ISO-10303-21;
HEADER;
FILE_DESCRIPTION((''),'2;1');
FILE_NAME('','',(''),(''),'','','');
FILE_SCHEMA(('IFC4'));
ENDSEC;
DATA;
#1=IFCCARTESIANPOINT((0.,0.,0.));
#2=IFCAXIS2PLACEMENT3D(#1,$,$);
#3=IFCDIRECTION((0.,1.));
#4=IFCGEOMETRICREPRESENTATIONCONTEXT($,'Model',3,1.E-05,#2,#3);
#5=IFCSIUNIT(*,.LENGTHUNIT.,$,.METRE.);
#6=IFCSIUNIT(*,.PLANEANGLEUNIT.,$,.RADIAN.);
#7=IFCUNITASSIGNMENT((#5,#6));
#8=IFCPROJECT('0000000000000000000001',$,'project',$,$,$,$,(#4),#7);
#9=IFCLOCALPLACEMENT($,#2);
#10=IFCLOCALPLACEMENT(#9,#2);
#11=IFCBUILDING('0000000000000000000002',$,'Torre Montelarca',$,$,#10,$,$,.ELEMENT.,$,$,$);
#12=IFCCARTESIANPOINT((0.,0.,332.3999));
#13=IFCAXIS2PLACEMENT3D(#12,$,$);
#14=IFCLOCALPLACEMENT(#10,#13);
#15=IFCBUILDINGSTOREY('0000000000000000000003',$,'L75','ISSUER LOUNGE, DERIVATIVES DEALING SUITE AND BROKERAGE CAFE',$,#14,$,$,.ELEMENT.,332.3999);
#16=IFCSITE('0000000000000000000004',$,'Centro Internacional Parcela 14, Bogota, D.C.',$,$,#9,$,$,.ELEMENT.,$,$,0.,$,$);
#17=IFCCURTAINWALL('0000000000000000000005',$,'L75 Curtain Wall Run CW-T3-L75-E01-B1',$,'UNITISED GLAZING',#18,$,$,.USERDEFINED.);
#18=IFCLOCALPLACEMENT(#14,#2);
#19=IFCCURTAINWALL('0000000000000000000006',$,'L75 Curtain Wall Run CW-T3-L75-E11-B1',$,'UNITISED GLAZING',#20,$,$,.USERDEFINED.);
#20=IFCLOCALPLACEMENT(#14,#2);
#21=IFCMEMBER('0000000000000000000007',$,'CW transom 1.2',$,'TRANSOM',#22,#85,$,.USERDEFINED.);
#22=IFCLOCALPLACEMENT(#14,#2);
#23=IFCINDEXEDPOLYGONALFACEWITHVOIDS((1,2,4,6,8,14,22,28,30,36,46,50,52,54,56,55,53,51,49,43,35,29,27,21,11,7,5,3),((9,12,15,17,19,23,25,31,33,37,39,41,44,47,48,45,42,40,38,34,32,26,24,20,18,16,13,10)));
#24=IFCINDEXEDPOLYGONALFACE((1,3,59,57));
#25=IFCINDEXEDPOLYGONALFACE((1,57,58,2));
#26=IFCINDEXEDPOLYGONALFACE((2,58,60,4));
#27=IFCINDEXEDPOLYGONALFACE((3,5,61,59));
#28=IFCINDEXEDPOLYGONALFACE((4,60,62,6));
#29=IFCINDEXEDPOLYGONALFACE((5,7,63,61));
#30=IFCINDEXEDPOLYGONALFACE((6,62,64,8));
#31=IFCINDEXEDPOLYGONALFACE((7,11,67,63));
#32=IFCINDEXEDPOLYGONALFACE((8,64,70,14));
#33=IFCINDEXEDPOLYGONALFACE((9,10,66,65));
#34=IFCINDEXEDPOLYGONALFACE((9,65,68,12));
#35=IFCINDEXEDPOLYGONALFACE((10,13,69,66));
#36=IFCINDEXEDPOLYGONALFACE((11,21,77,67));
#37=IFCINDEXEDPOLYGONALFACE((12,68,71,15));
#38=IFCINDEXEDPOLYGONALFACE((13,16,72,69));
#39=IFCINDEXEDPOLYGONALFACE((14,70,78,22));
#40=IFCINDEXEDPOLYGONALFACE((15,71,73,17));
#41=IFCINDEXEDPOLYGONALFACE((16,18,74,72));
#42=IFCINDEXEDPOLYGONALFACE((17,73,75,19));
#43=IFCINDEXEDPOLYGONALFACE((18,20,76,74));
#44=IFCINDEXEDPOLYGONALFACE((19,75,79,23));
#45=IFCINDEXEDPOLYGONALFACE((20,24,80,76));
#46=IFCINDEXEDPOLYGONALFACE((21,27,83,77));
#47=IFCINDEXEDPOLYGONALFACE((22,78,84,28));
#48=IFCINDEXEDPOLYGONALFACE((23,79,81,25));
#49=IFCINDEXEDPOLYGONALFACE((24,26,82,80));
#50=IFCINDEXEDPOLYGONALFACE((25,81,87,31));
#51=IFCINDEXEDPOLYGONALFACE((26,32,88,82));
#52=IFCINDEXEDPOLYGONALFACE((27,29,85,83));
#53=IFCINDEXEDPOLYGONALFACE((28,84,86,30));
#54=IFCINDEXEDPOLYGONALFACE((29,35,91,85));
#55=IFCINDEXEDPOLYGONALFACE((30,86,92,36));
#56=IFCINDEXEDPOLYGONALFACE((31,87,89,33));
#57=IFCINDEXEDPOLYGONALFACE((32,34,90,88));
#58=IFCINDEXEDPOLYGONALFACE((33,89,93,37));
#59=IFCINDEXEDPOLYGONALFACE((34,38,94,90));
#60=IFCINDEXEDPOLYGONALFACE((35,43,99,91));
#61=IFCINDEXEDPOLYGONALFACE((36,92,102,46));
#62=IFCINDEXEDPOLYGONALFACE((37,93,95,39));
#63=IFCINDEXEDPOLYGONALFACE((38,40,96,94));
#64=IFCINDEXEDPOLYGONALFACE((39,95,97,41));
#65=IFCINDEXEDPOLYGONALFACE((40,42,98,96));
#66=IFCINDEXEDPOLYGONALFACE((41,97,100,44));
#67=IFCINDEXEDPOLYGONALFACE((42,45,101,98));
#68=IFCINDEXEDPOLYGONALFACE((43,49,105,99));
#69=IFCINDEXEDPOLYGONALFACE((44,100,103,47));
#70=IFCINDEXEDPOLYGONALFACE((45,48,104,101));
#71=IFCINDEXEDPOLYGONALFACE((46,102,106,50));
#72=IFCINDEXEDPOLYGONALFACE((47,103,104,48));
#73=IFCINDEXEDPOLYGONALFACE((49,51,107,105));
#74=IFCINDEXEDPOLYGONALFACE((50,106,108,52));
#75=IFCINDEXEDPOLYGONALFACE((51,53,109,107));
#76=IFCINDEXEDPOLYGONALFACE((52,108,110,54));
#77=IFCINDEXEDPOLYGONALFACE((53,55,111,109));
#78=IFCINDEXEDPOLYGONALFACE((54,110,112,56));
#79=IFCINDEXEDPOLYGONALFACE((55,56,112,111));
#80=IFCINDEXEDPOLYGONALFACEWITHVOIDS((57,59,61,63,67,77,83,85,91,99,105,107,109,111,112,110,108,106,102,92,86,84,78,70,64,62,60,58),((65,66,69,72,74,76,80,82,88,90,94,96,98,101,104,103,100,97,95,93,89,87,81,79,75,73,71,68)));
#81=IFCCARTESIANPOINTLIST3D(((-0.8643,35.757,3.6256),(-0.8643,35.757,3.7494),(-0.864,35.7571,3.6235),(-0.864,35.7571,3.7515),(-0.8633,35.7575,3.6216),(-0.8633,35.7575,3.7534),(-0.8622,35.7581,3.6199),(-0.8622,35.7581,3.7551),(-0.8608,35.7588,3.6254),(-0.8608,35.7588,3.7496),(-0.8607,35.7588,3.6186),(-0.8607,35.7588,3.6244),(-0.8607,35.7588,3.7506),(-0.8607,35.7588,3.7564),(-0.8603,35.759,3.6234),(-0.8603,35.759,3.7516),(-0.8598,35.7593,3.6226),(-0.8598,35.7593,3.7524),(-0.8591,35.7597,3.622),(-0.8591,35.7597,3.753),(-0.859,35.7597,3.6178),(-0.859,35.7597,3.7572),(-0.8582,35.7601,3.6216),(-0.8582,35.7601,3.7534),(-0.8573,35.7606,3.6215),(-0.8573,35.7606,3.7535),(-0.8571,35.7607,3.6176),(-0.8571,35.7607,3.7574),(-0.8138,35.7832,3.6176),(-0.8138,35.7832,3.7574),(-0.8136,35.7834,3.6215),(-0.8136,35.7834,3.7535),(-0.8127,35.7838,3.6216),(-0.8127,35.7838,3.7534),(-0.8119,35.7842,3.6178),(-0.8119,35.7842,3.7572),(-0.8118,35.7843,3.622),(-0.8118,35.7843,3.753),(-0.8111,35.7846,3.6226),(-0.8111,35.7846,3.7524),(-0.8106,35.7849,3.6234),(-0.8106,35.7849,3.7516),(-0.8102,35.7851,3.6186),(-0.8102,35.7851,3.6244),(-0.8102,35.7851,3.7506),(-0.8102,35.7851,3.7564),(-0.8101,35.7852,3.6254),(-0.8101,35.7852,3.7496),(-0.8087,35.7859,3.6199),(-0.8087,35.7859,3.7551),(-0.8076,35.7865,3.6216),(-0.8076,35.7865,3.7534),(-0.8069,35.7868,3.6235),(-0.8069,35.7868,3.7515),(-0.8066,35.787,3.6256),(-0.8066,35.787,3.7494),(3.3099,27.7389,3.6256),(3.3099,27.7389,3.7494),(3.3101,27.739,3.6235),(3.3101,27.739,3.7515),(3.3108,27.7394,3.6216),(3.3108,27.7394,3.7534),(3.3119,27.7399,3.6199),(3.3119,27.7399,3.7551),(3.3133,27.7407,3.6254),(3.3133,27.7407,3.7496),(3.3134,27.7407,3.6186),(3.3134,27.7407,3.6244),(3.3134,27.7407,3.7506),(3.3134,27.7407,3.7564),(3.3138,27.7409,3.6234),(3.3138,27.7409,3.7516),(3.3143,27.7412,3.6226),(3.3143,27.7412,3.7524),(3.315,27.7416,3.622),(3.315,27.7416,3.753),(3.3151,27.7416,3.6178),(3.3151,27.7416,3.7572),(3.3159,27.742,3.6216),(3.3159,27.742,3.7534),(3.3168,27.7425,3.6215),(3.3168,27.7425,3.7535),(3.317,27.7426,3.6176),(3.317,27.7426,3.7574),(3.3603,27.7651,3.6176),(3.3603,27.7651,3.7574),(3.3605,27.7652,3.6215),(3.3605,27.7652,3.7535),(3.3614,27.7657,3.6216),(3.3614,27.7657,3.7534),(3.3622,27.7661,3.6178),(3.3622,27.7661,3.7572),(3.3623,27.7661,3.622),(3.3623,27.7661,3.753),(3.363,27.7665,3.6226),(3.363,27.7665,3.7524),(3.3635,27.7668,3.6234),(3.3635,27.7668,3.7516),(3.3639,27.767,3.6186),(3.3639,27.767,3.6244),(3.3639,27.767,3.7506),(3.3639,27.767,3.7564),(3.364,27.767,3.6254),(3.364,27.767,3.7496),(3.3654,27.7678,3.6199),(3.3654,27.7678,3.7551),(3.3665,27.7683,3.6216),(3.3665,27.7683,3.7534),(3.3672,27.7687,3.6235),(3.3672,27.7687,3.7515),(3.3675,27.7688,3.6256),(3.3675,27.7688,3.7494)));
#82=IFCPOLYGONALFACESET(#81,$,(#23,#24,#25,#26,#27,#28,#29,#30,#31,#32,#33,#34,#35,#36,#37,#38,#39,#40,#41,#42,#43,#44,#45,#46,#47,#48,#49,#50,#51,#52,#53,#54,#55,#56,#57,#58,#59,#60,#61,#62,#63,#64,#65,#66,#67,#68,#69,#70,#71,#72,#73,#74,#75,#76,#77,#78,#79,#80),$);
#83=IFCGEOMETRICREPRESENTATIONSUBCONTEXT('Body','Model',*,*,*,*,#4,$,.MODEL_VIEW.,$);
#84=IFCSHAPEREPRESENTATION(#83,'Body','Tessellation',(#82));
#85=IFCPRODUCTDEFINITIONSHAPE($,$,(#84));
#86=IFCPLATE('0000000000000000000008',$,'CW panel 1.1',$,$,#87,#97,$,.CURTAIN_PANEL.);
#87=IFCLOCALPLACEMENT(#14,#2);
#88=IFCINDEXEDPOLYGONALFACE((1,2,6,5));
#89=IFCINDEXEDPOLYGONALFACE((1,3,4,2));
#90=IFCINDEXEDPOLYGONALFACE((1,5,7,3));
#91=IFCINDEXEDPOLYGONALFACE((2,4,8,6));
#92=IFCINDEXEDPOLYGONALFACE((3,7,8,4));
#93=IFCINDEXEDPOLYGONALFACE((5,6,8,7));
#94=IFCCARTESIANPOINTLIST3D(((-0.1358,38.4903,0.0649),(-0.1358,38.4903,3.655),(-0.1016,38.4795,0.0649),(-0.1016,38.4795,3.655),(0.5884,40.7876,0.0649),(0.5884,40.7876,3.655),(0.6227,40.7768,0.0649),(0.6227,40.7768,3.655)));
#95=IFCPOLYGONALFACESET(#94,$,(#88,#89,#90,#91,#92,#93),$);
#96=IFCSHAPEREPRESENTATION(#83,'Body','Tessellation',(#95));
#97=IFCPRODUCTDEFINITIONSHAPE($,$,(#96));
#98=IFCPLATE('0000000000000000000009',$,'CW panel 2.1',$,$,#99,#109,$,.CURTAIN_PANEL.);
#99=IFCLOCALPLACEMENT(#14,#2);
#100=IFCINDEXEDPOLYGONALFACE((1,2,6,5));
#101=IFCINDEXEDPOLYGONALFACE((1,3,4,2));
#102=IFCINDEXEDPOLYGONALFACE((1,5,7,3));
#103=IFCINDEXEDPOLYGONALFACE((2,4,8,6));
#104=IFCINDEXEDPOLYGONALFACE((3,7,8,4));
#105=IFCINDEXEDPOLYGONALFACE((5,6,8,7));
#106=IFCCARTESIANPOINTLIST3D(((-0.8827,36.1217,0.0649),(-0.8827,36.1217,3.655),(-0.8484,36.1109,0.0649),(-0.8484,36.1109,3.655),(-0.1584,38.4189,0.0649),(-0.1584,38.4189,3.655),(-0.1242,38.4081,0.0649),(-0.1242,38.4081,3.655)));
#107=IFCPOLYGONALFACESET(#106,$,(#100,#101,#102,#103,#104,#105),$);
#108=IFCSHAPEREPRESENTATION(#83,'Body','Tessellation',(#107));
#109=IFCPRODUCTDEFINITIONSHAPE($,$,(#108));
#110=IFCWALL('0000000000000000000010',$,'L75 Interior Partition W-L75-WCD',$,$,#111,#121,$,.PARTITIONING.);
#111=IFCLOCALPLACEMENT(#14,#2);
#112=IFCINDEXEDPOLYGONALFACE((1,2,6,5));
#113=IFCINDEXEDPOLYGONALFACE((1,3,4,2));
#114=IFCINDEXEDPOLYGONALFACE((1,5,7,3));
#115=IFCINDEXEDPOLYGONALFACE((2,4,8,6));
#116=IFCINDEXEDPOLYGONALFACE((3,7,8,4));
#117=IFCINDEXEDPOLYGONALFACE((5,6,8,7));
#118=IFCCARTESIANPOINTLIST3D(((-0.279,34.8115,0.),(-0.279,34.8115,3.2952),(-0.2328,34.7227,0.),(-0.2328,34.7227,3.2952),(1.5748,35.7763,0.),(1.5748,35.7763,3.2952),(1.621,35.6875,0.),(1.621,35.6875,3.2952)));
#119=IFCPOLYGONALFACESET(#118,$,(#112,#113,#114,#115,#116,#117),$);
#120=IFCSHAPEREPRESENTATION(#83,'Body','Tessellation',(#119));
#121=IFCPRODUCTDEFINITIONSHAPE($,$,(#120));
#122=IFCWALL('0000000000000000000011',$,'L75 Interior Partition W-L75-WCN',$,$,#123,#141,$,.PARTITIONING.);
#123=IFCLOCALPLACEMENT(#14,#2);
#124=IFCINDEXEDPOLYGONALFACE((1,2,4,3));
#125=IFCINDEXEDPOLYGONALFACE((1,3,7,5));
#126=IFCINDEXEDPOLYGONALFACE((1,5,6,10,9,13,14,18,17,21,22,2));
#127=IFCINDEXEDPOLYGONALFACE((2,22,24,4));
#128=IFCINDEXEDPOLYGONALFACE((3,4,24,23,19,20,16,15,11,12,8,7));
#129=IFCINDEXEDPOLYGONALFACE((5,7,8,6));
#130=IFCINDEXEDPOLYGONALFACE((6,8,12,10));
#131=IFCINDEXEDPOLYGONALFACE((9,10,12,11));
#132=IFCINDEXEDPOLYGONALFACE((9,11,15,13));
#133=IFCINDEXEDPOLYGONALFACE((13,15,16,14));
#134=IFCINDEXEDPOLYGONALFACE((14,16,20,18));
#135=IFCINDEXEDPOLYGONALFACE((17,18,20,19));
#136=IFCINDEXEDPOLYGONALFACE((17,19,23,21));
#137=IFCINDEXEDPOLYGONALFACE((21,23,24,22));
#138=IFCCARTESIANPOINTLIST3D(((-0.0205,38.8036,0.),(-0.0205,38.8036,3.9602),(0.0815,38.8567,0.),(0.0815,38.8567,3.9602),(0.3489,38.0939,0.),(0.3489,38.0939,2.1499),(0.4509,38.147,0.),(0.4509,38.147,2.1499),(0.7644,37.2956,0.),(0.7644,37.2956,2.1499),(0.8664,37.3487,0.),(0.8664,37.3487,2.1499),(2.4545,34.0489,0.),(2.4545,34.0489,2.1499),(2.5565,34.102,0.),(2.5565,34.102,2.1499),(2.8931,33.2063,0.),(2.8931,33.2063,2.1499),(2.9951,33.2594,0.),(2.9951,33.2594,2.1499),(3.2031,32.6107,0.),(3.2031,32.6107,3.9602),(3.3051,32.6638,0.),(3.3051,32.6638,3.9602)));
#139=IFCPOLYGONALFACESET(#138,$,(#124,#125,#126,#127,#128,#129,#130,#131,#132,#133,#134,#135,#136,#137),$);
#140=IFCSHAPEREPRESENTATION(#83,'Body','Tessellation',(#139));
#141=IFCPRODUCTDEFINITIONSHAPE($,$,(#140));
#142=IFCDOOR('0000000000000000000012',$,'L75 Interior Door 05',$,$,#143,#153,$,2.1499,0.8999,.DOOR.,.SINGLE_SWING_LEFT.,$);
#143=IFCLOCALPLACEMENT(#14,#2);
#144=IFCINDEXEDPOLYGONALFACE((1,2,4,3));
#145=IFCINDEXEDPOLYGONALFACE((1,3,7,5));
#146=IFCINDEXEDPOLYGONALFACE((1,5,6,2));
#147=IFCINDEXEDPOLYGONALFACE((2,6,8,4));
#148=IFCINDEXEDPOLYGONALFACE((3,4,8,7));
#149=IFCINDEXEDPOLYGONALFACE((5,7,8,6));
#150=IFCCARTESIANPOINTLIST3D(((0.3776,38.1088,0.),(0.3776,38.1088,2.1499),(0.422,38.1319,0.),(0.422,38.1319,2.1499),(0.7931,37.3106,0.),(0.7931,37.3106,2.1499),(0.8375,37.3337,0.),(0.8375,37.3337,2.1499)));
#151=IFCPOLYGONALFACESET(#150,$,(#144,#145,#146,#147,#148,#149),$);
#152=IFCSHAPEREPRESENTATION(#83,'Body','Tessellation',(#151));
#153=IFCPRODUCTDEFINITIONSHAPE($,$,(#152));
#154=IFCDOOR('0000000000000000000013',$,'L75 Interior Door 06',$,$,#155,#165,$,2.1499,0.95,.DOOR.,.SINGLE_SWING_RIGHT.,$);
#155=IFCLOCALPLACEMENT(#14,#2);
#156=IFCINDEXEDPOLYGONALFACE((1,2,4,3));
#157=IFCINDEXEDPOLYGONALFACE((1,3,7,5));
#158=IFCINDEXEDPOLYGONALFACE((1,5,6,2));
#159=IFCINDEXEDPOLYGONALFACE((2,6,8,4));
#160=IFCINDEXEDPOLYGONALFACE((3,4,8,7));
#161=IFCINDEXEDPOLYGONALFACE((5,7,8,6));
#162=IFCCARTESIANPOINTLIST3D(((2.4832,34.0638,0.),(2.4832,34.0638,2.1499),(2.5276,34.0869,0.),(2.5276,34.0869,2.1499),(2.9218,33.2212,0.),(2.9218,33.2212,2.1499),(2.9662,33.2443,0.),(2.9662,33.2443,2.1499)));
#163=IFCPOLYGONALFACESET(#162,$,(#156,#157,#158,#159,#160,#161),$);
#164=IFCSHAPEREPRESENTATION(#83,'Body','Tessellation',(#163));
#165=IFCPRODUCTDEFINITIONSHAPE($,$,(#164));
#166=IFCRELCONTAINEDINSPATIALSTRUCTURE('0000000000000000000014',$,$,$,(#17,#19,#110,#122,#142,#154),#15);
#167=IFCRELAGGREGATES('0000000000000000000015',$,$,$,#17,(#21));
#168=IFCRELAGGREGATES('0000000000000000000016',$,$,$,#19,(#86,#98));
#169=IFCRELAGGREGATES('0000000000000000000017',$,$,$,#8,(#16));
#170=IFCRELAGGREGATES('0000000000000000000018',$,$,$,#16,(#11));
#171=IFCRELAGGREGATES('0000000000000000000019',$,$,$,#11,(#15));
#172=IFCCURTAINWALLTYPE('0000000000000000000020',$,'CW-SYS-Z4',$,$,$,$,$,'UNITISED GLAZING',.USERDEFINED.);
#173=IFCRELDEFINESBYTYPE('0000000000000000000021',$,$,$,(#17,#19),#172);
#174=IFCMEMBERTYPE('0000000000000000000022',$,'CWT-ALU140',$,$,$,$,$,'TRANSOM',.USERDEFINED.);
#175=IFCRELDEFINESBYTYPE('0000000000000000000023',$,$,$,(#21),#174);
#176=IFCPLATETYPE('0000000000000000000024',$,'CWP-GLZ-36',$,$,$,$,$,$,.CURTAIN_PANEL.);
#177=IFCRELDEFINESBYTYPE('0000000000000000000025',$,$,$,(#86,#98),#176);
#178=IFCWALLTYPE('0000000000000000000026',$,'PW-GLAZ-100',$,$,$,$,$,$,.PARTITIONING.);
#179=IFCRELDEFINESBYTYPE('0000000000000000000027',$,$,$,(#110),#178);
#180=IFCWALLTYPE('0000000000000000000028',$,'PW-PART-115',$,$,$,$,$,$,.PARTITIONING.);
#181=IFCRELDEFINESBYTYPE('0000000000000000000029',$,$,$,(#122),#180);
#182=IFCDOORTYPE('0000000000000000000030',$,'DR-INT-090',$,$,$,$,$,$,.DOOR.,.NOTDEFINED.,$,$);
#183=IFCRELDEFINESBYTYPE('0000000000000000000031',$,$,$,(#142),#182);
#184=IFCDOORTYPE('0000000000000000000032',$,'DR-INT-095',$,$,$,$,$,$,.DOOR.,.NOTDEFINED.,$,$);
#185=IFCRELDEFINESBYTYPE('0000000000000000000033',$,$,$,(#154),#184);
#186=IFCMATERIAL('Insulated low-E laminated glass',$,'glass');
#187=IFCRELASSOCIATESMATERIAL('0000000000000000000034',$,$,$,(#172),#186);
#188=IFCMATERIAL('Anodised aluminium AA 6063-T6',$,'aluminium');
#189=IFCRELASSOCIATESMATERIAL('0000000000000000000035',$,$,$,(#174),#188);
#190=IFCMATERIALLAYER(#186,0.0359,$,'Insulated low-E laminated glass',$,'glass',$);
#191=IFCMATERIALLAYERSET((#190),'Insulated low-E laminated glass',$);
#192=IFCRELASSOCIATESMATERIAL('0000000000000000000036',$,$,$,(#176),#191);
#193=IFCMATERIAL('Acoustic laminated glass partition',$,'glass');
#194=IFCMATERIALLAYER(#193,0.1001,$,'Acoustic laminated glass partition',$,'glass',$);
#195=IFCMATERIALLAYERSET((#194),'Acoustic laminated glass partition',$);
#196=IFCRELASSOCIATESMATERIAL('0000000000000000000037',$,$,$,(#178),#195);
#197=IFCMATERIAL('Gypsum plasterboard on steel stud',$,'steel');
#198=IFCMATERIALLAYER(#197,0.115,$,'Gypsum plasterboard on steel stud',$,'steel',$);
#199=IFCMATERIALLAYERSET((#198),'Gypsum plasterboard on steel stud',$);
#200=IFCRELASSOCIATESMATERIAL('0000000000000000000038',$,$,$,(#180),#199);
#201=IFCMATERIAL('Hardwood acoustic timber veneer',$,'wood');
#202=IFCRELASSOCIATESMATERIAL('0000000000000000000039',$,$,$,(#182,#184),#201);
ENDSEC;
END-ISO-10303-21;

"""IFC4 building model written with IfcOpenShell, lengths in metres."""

from ifc_helpers import new_model, si_unit, direction, frame, frame_2d, origin, origin_2d, place, context, subcontext, project, spatial, rectangle, hollow_rectangle, extrude, source, transform, mapped, material, layer, layer_set, material_profile, profile_set, type_object, element, fill, aggregate, save


model = new_model("IFC4")

# Units and contexts
model_context = context("Model", 3, precision=1e-05, world=origin(), true_north=direction((0.0, 1.0)))
body_context = subcontext(model_context, "Body", "Model", "MODEL_VIEW")
ifc_project = project(units=[si_unit("LENGTHUNIT", "METRE"), si_unit("PLANEANGLEUNIT", "RADIAN")], contexts=[model_context])

# Site, building, storey
site_placement = place(None, origin())
site = spatial("IfcSite", under=ifc_project, at=site_placement, Name="Centro Internacional Parcela 14, Bogota, D.C.", CompositionType="ELEMENT", RefElevation=0.0)
building_placement = place(site_placement, origin())
building = spatial("IfcBuilding", under=site, at=building_placement, Name="Torre Montelarca", CompositionType="ELEMENT")
storey_placement = place(building_placement, frame((0.0, 0.0, 332.3999)))
storey = spatial("IfcBuildingStorey", under=building, at=storey_placement, Name="L75", Description="ISSUER LOUNGE, DERIVATIVES DEALING SUITE AND BROKERAGE CAFE", CompositionType="ELEMENT", Elevation=332.3999)

# Curtain wall
ifc_material_1 = material(Name="Insulated low-E laminated glass", Category="glass")
curtain_wall_type = type_object("IfcCurtainWallType", Name="CW-SYS-Z4", ElementType="UNITISED GLAZING", PredefinedType="USERDEFINED", material=ifc_material_1)
curtain_wall_1_placement = place(storey_placement, origin())
curtain_wall_1 = element("IfcCurtainWall", 1, at=curtain_wall_1_placement, inside=storey, type_object=curtain_wall_type, Name="L75 Curtain Wall Run CW-T3-L75-E01-B1", ObjectType="UNITISED GLAZING", PredefinedType="USERDEFINED")
ifc_material_2 = material(Name="Anodised aluminium AA 6063-T6", Category="aluminium")

# Curtain wall
curtain_wall_2_placement = place(storey_placement, origin())
curtain_wall_2 = element("IfcCurtainWall", 2, at=curtain_wall_2_placement, inside=storey, type_object=curtain_wall_type, Name="L75 Curtain Wall Run CW-T3-L75-E11-B1", ObjectType="UNITISED GLAZING", PredefinedType="USERDEFINED")
ifc_material_profile_1 = material_profile(ifc_material_2, hollow_rectangle(XDim=0.0649, YDim=0.1399, WallThickness=0.0039, InnerFilletRadius=0.0039, OuterFilletRadius=0.0081, at=origin_2d()), Name="ALU65X140X4", Category="aluminium")
ifc_profile_set_1 = profile_set([ifc_material_profile_1], Name="Anodised aluminium AA 6063-T6")
member_type_1 = type_object("IfcMemberType", Name="CWT-ALU140", ElementType="TRANSOM", PredefinedType="USERDEFINED", material=ifc_profile_set_1)

# Member
shared_shape_1 = source(origin(), body_context, "Body", "SweptSolid", [
    extrude(hollow_rectangle(XDim=0.0649, YDim=0.1399, WallThickness=0.0039, InnerFilletRadius=0.0039, OuterFilletRadius=0.0081, at=origin_2d()), origin(), (0.0, 0.0, 1.0), 9.0396),
])
member_1_placement = place(storey_placement, frame((-0.8354, 35.772, 3.6875), z_axis=(0.46176, -0.887005, 0.0), x_axis=(0.887005, 0.46176, 0.0)))
member_1 = element("IfcMember", 3, at=member_1_placement, type_object=member_type_1, Name="CW transom 1.2", ObjectType="TRANSOM", PredefinedType="USERDEFINED", context=body_context, shape_type="MappedRepresentation", body=[
    mapped(shared_shape_1, transform((0.0, 0.0, 0.0), scale=1.0)),
])
aggregate(curtain_wall_1, [member_1])

# Plates
ifc_layer_1 = layer(ifc_material_1, 0.0359, Name="Insulated low-E laminated glass", Category="glass")
ifc_layer_set_1 = layer_set([ifc_layer_1], Name="Insulated low-E laminated glass")
plate_type = type_object("IfcPlateType", Name="CWP-GLZ-36", PredefinedType="CURTAIN_PANEL", material=ifc_layer_set_1)
shared_shape_2 = source(origin(), body_context, "Body", "SweptSolid", [
    extrude(rectangle(XDim=2.4087, YDim=0.0359, at=origin_2d()), origin(), (0.0, 0.0, 1.0), 3.5901),
])
plate_1_placement = place(storey_placement, frame((0.2434, 39.6335, 0.0649), z_axis=(0.0, 0.0, 1.0), x_axis=(-0.300693, -0.953721, 0.0)))
plate_1 = element("IfcPlate", 4, at=plate_1_placement, type_object=plate_type, Name="CW panel 1.1", PredefinedType="CURTAIN_PANEL", context=body_context, shape_type="MappedRepresentation", body=[
    mapped(shared_shape_2, transform((0.0, 0.0, 0.0), scale=1.0)),
])
plate_2_placement = place(storey_placement, frame((-0.5034, 37.2649, 0.0649), z_axis=(0.0, 0.0, 1.0), x_axis=(-0.300693, -0.953721, 0.0)))
plate_2 = element("IfcPlate", 5, at=plate_2_placement, type_object=plate_type, Name="CW panel 2.1", PredefinedType="CURTAIN_PANEL", context=body_context, shape_type="MappedRepresentation", body=[
    mapped(shared_shape_2, transform((0.0, 0.0, 0.0), scale=1.0)),
])
aggregate(curtain_wall_2, [plate_1, plate_2])

# Wall
ifc_material_3 = material(Name="Acoustic laminated glass partition", Category="glass")
ifc_layer_2 = layer(ifc_material_3, 0.1001, Name="Acoustic laminated glass partition", Category="glass")
ifc_layer_set_2 = layer_set([ifc_layer_2], Name="Acoustic laminated glass partition")
wall_type_1 = type_object("IfcWallType", Name="PW-GLAZ-100", PredefinedType="PARTITIONING", material=ifc_layer_set_2)
wall_1_placement = place(storey_placement, frame((-0.2559, 34.7671, 0.0), z_axis=(0.0, 0.0, 1.0), x_axis=(0.887043, 0.461687, 0.0)))
element("IfcWall", 6, at=wall_1_placement, inside=storey, type_object=wall_type_1, Name="L75 Interior Partition W-L75-WCD", PredefinedType="PARTITIONING", context=body_context, shape_type="SweptSolid", body=[
    extrude(rectangle(XDim=2.0898, YDim=0.1001, at=frame_2d((1.0449, 0.0))), origin(), (0.0, 0.0, 1.0), 3.2952),
])

# Wall, openings, doors
ifc_material_4 = material(Name="Gypsum plasterboard on steel stud", Category="steel")
ifc_layer_3 = layer(ifc_material_4, 0.115, Name="Gypsum plasterboard on steel stud", Category="steel")
ifc_layer_set_3 = layer_set([ifc_layer_3], Name="Gypsum plasterboard on steel stud")
wall_type_2 = type_object("IfcWallType", Name="PW-PART-115", PredefinedType="PARTITIONING", material=ifc_layer_set_3)
wall_2_placement = place(storey_placement, frame((0.0305, 38.8301, 0.0), z_axis=(0.0, 0.0, 1.0), x_axis=(0.461729, -0.887021, 0.0)))
wall_2 = element("IfcWall", 7, at=wall_2_placement, inside=storey, type_object=wall_type_2, Name="L75 Interior Partition W-L75-WCN", PredefinedType="PARTITIONING", context=body_context, shape_type="SweptSolid", body=[
    extrude(rectangle(XDim=6.9817, YDim=0.115, at=frame_2d((3.4907, 0.0))), origin(), (0.0, 0.0, 1.0), 3.9602),
])
opening_1_placement = place(wall_2_placement, frame((0.8, 0.0, 0.0)))
opening_1 = element("IfcOpeningElement", 8, at=opening_1_placement, cuts=wall_2, PredefinedType="OPENING", context=body_context, shape_type="SweptSolid", body=[
    extrude(rectangle(XDim=0.8999, YDim=2.1499, at=frame_2d((0.45, 1.075))), frame((0.0, 0.0674, 0.0), z_axis=(0.0, -1.0, 0.0), x_axis=(1.0, 0.0, 0.0)), (0.0, 0.0, 1.0), 0.135),
])
opening_2_placement = place(wall_2_placement, frame((5.3601, 0.0, 0.0)))
opening_2 = element("IfcOpeningElement", 9, at=opening_2_placement, cuts=wall_2, PredefinedType="OPENING", context=body_context, shape_type="SweptSolid", body=[
    extrude(rectangle(XDim=0.95, YDim=2.1499, at=frame_2d((0.4751, 1.075))), frame((0.0, 0.0674, 0.0), z_axis=(0.0, -1.0, 0.0), x_axis=(1.0, 0.0, 0.0)), (0.0, 0.0, 1.0), 0.135),
])
ifc_material_5 = material(Name="Hardwood acoustic timber veneer", Category="wood")
door_type_1 = type_object("IfcDoorType", Name="DR-INT-090", OperationType="NOTDEFINED", PredefinedType="DOOR", material=ifc_material_5)
shared_shape_3 = source(origin(), body_context, "Body", "SweptSolid", [
    extrude(rectangle(XDim=0.8999, YDim=2.1499, at=frame_2d((0.45, 1.075))), frame((0.0, 0.0249, 0.0), z_axis=(0.0, -1.0, 0.0), x_axis=(1.0, 0.0, 0.0)), (0.0, 0.0, 1.0), 0.05),
])
door_1_placement = place(opening_1_placement, origin())
door_1 = element("IfcDoor", 10, at=door_1_placement, inside=storey, type_object=door_type_1, Name="L75 Interior Door 05", OperationType="SINGLE_SWING_LEFT", OverallHeight=2.1499, OverallWidth=0.8999, PredefinedType="DOOR", context=body_context, shape_type="MappedRepresentation", body=[
    mapped(shared_shape_3, transform((0.0, 0.0, 0.0), scale=1.0)),
])
fill(opening_1, door_1)
door_type_2 = type_object("IfcDoorType", Name="DR-INT-095", OperationType="NOTDEFINED", PredefinedType="DOOR", material=ifc_material_5)
shared_shape_4 = source(origin(), body_context, "Body", "SweptSolid", [
    extrude(rectangle(XDim=0.95, YDim=2.1499, at=frame_2d((0.4751, 1.075))), frame((0.0, 0.0249, 0.0), z_axis=(0.0, -1.0, 0.0), x_axis=(1.0, 0.0, 0.0)), (0.0, 0.0, 1.0), 0.05),
])
door_2_placement = place(opening_2_placement, origin())
door_2 = element("IfcDoor", 11, at=door_2_placement, inside=storey, type_object=door_type_2, Name="L75 Interior Door 06", OperationType="SINGLE_SWING_RIGHT", OverallHeight=2.1499, OverallWidth=0.95, PredefinedType="DOOR", context=body_context, shape_type="MappedRepresentation", body=[
    mapped(shared_shape_4, transform((0.0, 0.0, 0.0), scale=1.0)),
])
fill(opening_2, door_2)

save(model, "model.ifc")
